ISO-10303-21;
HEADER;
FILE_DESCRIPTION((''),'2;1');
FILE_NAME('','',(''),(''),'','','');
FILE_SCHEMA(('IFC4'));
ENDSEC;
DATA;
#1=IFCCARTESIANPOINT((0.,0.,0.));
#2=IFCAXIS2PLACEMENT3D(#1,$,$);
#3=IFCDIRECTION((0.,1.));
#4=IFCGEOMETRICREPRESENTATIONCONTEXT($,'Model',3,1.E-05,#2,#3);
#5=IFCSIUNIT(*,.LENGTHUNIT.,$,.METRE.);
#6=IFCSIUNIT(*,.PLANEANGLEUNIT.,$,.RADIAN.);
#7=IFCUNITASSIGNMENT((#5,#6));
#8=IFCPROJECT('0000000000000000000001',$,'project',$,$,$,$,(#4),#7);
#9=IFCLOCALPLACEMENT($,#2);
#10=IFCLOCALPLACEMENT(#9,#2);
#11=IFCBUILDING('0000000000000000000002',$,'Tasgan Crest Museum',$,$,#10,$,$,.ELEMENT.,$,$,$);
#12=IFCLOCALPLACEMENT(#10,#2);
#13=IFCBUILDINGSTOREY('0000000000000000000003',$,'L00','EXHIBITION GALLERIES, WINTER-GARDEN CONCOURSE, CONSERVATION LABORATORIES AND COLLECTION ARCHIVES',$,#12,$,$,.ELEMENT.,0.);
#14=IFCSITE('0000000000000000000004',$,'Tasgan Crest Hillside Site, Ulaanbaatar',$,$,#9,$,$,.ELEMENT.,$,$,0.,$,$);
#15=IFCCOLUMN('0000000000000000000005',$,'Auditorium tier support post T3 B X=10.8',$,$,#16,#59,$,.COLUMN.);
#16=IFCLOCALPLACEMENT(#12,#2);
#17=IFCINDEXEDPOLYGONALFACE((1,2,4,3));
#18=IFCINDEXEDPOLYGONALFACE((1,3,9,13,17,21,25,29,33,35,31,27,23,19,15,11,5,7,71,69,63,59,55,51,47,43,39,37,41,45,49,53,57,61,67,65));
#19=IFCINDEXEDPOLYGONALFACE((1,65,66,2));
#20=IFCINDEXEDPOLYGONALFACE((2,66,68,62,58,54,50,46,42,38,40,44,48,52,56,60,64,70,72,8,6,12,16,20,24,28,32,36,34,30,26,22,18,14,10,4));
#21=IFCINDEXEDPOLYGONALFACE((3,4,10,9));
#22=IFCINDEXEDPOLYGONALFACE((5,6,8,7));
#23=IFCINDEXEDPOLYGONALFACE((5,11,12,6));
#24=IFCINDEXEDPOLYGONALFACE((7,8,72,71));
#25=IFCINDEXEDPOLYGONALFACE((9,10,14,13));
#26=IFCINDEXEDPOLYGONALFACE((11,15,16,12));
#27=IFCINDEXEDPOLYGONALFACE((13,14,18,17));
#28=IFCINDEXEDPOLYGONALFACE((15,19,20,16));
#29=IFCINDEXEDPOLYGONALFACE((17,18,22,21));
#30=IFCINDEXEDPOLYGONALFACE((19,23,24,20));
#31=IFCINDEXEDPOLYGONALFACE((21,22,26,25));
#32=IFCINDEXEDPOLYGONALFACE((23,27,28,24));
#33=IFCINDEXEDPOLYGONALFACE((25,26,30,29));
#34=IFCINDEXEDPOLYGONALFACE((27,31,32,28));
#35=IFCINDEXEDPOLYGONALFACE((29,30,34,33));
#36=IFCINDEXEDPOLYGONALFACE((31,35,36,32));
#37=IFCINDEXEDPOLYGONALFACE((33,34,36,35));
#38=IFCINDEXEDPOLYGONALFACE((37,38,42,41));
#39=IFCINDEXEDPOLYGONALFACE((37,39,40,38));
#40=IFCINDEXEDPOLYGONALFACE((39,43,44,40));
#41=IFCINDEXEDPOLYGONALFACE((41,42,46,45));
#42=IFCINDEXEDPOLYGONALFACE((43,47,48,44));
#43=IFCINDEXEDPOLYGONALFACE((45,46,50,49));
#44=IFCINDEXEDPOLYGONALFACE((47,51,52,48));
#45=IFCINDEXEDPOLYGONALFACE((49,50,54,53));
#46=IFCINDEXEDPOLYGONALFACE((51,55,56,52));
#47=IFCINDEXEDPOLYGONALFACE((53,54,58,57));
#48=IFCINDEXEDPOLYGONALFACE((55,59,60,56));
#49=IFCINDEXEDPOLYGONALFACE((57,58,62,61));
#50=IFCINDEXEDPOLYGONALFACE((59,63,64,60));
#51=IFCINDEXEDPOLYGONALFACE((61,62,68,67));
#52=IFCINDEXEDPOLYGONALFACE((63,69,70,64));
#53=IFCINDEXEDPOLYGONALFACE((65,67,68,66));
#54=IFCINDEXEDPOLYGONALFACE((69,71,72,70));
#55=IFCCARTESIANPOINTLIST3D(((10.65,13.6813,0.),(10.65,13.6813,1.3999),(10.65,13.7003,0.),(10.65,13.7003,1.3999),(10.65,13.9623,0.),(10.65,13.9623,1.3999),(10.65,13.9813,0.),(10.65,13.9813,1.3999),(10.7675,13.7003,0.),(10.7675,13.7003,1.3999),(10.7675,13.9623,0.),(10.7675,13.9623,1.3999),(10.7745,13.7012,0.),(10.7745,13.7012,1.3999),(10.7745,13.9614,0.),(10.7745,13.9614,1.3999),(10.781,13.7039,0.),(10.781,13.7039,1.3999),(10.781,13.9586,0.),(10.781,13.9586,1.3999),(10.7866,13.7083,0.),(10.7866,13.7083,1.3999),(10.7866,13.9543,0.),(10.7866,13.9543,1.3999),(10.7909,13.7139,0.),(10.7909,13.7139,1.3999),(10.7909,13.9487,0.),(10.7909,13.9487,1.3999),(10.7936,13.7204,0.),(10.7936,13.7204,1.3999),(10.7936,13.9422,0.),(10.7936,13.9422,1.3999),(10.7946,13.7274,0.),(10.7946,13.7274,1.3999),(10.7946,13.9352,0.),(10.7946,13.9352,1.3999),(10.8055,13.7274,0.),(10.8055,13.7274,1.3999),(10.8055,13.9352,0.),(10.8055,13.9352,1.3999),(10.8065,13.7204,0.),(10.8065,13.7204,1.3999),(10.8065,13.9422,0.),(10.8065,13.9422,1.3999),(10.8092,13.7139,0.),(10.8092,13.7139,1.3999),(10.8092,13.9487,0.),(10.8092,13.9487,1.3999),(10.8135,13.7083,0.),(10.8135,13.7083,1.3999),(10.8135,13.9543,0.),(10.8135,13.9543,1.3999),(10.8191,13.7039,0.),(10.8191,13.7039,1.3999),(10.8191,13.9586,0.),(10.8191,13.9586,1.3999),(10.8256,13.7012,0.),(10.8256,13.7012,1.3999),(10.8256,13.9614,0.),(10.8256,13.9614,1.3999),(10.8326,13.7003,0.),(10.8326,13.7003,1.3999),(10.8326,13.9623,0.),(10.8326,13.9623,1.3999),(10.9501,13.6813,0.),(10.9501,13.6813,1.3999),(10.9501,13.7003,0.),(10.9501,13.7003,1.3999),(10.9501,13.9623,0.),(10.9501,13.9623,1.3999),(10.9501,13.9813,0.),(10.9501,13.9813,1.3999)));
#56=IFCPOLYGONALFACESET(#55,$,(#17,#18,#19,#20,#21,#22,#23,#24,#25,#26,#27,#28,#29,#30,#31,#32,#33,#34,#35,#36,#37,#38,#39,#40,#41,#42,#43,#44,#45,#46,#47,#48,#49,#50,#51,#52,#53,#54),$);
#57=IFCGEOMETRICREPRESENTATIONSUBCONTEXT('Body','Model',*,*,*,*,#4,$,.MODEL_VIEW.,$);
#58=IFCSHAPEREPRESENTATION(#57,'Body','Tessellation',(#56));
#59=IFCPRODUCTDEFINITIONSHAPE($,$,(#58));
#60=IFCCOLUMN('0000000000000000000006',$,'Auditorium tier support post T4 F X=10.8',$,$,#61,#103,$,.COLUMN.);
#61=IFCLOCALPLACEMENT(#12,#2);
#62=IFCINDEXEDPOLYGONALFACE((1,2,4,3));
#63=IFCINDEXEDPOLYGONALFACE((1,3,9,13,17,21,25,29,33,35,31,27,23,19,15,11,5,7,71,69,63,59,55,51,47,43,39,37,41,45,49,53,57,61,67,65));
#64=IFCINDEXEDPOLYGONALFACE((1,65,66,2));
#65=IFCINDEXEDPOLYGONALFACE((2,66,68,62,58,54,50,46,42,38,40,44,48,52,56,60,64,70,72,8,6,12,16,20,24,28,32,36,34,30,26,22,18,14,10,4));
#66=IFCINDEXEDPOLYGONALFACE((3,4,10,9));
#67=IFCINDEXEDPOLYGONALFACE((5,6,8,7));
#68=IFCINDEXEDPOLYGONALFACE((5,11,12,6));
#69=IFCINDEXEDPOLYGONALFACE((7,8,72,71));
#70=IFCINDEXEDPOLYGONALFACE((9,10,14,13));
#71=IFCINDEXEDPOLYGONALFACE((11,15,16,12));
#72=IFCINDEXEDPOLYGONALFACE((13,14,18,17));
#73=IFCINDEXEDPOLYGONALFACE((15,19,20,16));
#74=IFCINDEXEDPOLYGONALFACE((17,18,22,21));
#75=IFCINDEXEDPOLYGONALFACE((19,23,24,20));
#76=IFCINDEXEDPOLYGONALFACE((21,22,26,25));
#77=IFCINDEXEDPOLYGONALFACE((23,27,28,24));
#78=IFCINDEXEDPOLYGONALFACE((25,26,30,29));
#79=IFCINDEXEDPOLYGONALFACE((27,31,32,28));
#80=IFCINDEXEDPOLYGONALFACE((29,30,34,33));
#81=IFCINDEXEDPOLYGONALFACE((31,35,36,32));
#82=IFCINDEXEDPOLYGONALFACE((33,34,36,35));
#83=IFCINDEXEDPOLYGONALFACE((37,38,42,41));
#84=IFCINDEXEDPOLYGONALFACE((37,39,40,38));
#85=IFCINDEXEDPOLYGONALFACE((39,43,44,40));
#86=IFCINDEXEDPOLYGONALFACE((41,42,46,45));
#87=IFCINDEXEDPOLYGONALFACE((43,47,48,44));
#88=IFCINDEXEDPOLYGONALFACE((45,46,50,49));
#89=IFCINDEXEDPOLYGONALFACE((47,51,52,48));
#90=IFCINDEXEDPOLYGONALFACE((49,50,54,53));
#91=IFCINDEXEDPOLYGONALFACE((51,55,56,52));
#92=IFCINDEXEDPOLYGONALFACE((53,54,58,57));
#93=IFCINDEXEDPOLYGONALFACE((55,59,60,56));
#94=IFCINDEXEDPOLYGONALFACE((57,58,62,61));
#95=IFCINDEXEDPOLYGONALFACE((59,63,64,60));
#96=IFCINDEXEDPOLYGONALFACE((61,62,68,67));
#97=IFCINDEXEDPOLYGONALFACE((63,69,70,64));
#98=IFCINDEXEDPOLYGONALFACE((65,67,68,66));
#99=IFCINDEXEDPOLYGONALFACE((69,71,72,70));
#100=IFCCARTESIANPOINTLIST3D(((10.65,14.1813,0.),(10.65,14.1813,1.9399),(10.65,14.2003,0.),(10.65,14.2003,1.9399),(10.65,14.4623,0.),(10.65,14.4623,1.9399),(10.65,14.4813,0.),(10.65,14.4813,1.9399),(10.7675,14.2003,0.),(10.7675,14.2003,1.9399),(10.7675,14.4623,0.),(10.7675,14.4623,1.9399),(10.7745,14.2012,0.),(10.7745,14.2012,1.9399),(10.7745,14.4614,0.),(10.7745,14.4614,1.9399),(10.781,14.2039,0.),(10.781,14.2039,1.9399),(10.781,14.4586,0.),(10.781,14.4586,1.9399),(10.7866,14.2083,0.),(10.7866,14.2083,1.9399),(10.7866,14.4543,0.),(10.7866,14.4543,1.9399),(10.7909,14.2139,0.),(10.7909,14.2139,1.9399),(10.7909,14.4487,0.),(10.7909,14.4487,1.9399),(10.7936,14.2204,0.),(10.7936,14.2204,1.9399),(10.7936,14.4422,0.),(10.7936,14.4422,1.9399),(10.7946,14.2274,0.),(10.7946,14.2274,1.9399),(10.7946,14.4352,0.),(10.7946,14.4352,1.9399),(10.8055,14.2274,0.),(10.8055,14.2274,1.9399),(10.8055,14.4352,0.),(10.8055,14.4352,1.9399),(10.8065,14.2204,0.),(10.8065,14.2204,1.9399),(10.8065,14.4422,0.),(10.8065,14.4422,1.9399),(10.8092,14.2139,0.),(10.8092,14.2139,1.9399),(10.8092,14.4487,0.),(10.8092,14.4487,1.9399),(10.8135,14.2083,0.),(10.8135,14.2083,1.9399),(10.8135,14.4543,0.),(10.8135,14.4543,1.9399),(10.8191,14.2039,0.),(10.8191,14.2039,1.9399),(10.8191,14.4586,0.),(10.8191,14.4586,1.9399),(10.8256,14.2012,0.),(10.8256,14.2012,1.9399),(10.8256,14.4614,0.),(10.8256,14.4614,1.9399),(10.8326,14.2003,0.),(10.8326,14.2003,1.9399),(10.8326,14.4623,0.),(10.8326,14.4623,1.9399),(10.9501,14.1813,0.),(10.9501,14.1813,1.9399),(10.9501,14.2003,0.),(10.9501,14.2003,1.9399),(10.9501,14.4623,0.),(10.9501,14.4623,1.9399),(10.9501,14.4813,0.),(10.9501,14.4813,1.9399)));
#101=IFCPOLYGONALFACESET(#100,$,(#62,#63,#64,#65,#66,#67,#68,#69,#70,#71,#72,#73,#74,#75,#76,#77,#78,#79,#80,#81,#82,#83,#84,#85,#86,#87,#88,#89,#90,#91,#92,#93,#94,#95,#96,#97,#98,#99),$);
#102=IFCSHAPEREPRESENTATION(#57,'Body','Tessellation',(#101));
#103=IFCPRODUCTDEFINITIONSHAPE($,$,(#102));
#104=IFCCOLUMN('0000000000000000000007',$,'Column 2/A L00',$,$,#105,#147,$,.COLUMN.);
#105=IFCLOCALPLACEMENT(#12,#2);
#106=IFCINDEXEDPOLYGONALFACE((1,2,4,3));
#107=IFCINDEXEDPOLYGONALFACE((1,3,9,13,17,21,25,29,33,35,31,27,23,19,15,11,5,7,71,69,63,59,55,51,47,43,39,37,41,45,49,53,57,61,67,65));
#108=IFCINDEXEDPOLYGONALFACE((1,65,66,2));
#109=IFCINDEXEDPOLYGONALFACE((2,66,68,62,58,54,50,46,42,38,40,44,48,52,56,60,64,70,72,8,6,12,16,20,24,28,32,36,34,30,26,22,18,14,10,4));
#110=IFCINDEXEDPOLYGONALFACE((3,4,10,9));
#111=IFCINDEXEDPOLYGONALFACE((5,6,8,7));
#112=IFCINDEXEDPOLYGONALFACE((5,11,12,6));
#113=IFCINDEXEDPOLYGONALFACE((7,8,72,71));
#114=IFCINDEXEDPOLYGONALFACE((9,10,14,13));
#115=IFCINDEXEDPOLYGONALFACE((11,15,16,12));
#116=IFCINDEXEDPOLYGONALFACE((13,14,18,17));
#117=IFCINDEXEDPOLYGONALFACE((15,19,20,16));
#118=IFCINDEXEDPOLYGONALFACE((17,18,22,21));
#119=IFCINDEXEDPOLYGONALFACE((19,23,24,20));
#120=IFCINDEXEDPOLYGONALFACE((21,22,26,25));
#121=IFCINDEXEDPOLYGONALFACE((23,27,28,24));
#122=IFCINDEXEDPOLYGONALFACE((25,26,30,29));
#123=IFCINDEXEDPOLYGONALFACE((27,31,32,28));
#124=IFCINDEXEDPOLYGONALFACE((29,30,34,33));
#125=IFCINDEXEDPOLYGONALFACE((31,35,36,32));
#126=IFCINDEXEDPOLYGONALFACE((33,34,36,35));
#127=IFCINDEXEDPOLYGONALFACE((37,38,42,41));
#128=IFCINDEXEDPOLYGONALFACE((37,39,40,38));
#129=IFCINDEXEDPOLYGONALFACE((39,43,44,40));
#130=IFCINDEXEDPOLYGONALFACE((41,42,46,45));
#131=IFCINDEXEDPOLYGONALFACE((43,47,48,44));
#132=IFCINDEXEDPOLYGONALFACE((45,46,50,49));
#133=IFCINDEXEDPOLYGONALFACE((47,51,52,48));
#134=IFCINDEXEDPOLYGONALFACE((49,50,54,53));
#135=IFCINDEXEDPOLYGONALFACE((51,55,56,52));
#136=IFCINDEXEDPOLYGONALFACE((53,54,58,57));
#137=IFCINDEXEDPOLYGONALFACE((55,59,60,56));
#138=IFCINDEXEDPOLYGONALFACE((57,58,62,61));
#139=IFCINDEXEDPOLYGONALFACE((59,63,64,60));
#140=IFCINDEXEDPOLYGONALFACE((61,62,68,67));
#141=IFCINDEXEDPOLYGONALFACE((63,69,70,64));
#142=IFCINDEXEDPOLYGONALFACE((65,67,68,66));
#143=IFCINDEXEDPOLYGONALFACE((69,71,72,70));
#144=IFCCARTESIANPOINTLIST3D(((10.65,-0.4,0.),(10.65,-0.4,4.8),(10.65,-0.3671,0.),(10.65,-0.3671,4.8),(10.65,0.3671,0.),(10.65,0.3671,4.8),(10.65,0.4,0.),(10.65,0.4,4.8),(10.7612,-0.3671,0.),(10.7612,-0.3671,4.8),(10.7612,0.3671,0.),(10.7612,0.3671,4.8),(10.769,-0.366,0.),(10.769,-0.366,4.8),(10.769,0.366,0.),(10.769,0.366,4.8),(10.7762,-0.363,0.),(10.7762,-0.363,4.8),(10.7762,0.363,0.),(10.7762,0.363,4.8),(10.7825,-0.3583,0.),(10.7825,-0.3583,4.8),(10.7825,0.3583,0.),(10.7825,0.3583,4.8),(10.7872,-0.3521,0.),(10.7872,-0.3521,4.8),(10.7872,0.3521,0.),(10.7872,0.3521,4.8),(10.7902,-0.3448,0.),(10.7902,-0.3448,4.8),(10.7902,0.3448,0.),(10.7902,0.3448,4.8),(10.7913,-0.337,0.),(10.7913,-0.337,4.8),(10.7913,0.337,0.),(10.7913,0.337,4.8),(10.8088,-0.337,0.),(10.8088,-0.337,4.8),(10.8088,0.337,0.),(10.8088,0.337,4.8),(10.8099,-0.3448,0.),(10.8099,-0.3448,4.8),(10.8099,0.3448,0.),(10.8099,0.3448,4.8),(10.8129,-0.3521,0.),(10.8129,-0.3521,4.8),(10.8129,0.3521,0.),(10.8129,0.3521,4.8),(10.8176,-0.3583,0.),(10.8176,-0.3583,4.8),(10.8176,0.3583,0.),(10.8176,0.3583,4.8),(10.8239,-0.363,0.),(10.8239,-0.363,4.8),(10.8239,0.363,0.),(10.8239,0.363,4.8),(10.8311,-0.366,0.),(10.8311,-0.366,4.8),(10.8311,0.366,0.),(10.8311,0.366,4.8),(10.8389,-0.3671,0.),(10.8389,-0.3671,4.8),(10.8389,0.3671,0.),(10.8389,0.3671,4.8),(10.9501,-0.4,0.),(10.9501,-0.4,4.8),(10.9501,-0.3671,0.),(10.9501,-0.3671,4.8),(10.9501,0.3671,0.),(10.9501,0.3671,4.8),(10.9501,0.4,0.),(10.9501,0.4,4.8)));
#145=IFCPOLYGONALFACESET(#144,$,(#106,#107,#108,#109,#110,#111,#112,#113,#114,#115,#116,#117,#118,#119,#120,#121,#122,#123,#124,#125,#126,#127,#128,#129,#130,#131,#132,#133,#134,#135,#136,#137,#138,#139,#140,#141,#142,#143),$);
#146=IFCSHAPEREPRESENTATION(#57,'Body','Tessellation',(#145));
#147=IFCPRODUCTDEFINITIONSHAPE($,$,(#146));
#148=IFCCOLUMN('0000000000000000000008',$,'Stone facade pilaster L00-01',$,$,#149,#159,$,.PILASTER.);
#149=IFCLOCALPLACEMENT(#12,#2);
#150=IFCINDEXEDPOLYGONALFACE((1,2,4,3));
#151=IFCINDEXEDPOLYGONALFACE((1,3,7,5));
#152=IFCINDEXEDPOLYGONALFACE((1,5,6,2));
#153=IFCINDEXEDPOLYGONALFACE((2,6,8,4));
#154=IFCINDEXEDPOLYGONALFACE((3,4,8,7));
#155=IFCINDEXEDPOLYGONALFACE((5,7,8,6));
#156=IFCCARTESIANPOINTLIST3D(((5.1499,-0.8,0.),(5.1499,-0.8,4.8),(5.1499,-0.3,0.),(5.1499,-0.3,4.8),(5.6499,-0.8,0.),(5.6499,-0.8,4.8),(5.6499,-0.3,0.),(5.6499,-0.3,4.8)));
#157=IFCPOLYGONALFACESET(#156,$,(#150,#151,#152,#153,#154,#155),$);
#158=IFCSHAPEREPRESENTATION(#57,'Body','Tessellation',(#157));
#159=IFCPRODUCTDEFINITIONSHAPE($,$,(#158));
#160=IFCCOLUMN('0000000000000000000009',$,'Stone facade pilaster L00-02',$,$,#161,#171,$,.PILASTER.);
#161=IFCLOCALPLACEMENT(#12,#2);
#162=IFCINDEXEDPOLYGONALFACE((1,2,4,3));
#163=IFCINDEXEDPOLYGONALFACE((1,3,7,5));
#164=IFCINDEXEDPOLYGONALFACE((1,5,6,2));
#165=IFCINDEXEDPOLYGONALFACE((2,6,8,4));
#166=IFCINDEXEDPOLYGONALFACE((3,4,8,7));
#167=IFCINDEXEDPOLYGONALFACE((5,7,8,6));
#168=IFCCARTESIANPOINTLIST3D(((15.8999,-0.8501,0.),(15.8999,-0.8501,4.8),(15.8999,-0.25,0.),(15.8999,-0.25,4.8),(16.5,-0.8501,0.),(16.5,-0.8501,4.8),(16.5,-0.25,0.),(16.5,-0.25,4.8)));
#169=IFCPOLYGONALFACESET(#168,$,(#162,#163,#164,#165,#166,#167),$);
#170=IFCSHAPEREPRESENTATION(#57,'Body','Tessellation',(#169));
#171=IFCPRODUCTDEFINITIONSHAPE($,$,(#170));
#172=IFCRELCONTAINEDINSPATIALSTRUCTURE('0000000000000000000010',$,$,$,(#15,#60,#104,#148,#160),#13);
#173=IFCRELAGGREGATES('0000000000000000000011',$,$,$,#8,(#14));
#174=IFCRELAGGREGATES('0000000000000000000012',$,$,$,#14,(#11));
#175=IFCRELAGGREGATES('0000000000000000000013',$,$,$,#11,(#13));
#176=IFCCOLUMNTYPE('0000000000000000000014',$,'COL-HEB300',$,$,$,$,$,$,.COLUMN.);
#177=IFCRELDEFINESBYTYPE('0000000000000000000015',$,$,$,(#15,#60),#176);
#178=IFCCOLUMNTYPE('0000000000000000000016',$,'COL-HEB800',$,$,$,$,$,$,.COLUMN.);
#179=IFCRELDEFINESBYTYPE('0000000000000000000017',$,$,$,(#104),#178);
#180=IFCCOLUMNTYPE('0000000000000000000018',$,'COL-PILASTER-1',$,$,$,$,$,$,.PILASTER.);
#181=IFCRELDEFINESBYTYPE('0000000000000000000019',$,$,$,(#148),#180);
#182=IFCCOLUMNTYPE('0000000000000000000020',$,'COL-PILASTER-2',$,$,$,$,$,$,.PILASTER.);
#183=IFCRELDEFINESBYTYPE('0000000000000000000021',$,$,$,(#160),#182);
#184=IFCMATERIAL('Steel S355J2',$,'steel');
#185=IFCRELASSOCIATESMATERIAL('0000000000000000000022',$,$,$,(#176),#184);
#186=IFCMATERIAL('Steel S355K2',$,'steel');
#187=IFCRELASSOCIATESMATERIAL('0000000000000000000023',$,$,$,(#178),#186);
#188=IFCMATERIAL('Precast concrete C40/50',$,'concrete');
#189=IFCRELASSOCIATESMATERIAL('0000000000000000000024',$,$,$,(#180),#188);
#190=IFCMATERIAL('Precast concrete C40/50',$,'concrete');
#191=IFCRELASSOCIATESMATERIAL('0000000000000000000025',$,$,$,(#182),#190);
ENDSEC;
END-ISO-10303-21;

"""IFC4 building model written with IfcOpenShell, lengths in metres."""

from ifc_helpers import new_model, si_unit, direction, frame, origin, origin_2d, place, context, subcontext, project, spatial, rectangle, i_section, extrude, material, material_profile, profile_set, type_object, element, save


model = new_model("IFC4")

# Units and contexts
model_context = context("Model", 3, precision=1e-05, world=origin(), true_north=direction((0.0, 1.0)))
body_context = subcontext(model_context, "Body", "Model", "MODEL_VIEW")
ifc_project = project(units=[si_unit("LENGTHUNIT", "METRE"), si_unit("PLANEANGLEUNIT", "RADIAN")], contexts=[model_context])

# Site, building, storey
site_placement = place(None, origin())
site = spatial("IfcSite", under=ifc_project, at=site_placement, Name="Tasgan Crest Hillside Site, Ulaanbaatar", CompositionType="ELEMENT", RefElevation=0.0)
building_placement = place(site_placement, origin())
building = spatial("IfcBuilding", under=site, at=building_placement, Name="Tasgan Crest Museum", CompositionType="ELEMENT")
storey_placement = place(building_placement, origin())
storey = spatial("IfcBuildingStorey", under=building, at=storey_placement, Name="L00", Description="EXHIBITION GALLERIES, WINTER-GARDEN CONCOURSE, CONSERVATION LABORATORIES AND COLLECTION ARCHIVES", CompositionType="ELEMENT", Elevation=0.0)

# Columns
ifc_material_1 = material(Name="Steel S355J2", Category="steel")
ifc_material_profile_1 = material_profile(ifc_material_1, i_section(OverallWidth=0.3, OverallDepth=0.3, WebThickness=0.011, FlangeThickness=0.019, FilletRadius=0.0271, at=origin_2d()), Name="HEB 300")
ifc_profile_set_1 = profile_set([ifc_material_profile_1], Name="Steel S355J2")
column_type_1 = type_object("IfcColumnType", Name="COL-HEB300", PredefinedType="COLUMN", material=ifc_profile_set_1)
for number, where, z_axis, x_axis, name in (
    (1, (10.8, 13.8313, 0.0), (0.0, 0.0, 1.0), (1.0, 0.0, 0.0), "Auditorium tier support post T3 B X=10.8"),
):
    element("IfcColumn", number, at=place(storey_placement, frame(where, z_axis=z_axis, x_axis=x_axis)), inside=storey, type_object=column_type_1, Name=name, PredefinedType="COLUMN", context=body_context, shape_type="SweptSolid", body=[
        extrude(i_section(OverallWidth=0.3, OverallDepth=0.3, WebThickness=0.011, FlangeThickness=0.019, FilletRadius=0.0271, at=origin_2d()), origin(), (0.0, 0.0, 1.0), 1.3999),
    ])
column_1_placement = place(storey_placement, frame((10.8, 14.3313, 0.0), z_axis=(0.0, 0.0, 1.0), x_axis=(1.0, 0.0, 0.0)))
element("IfcColumn", 2, at=column_1_placement, inside=storey, type_object=column_type_1, Name="Auditorium tier support post T4 F X=10.8", PredefinedType="COLUMN", context=body_context, shape_type="SweptSolid", body=[
    extrude(i_section(OverallWidth=0.3, OverallDepth=0.3, WebThickness=0.011, FlangeThickness=0.019, FilletRadius=0.0271, at=origin_2d()), origin(), (0.0, 0.0, 1.0), 1.9399),
])
ifc_material_2 = material(Name="Steel S355K2", Category="steel")
ifc_material_profile_2 = material_profile(ifc_material_2, i_section(OverallWidth=0.3, OverallDepth=0.8, WebThickness=0.0176, FlangeThickness=0.033, FilletRadius=0.03, at=origin_2d()), Name="HEB 800")
ifc_profile_set_2 = profile_set([ifc_material_profile_2], Name="Steel S355K2")
column_type_2 = type_object("IfcColumnType", Name="COL-HEB800", PredefinedType="COLUMN", material=ifc_profile_set_2)
column_2_placement = place(storey_placement, frame((10.8, 0.0, 0.0), z_axis=(0.0, 0.0, 1.0), x_axis=(1.0, 0.0, 0.0)))
element("IfcColumn", 3, at=column_2_placement, inside=storey, type_object=column_type_2, Name="Column 2/A L00", PredefinedType="COLUMN", context=body_context, shape_type="SweptSolid", body=[
    extrude(i_section(OverallWidth=0.3, OverallDepth=0.8, WebThickness=0.0176, FlangeThickness=0.033, FilletRadius=0.03, at=origin_2d()), origin(), (0.0, 0.0, 1.0), 4.8),
])
ifc_material_3 = material(Name="Precast concrete C40/50", Category="concrete")
ifc_material_profile_3 = material_profile(ifc_material_3, rectangle(XDim=0.5, YDim=0.5, at=origin_2d()), Name="RC 500x500")
ifc_profile_set_3 = profile_set([ifc_material_profile_3], Name="Precast concrete C40/50")
column_type_3 = type_object("IfcColumnType", Name="COL-PILASTER-1", PredefinedType="PILASTER", material=ifc_profile_set_3)
column_3_placement = place(storey_placement, frame((5.3999, -0.55, 0.0), z_axis=(0.0, 0.0, 1.0), x_axis=(1.0, 0.0, 0.0)))
element("IfcColumn", 4, at=column_3_placement, inside=storey, type_object=column_type_3, Name="Stone facade pilaster L00-01", PredefinedType="PILASTER", context=body_context, shape_type="SweptSolid", body=[
    extrude(rectangle(XDim=0.5, YDim=0.5, at=origin_2d()), origin(), (0.0, 0.0, 1.0), 4.8),
])
ifc_material_4 = material(Name="Precast concrete C40/50", Category="concrete")
ifc_material_profile_4 = material_profile(ifc_material_4, rectangle(XDim=0.6001, YDim=0.6001, at=origin_2d()), Name="RC 600x600")
ifc_profile_set_4 = profile_set([ifc_material_profile_4], Name="Precast concrete C40/50")
column_type_4 = type_object("IfcColumnType", Name="COL-PILASTER-2", PredefinedType="PILASTER", material=ifc_profile_set_4)
column_4_placement = place(storey_placement, frame((16.2, -0.55, 0.0), z_axis=(0.0, 0.0, 1.0), x_axis=(1.0, 0.0, 0.0)))
element("IfcColumn", 5, at=column_4_placement, inside=storey, type_object=column_type_4, Name="Stone facade pilaster L00-02", PredefinedType="PILASTER", context=body_context, shape_type="SweptSolid", body=[
    extrude(rectangle(XDim=0.6001, YDim=0.6001, at=origin_2d()), origin(), (0.0, 0.0, 1.0), 4.8),
])

save(model, "model.ifc")
